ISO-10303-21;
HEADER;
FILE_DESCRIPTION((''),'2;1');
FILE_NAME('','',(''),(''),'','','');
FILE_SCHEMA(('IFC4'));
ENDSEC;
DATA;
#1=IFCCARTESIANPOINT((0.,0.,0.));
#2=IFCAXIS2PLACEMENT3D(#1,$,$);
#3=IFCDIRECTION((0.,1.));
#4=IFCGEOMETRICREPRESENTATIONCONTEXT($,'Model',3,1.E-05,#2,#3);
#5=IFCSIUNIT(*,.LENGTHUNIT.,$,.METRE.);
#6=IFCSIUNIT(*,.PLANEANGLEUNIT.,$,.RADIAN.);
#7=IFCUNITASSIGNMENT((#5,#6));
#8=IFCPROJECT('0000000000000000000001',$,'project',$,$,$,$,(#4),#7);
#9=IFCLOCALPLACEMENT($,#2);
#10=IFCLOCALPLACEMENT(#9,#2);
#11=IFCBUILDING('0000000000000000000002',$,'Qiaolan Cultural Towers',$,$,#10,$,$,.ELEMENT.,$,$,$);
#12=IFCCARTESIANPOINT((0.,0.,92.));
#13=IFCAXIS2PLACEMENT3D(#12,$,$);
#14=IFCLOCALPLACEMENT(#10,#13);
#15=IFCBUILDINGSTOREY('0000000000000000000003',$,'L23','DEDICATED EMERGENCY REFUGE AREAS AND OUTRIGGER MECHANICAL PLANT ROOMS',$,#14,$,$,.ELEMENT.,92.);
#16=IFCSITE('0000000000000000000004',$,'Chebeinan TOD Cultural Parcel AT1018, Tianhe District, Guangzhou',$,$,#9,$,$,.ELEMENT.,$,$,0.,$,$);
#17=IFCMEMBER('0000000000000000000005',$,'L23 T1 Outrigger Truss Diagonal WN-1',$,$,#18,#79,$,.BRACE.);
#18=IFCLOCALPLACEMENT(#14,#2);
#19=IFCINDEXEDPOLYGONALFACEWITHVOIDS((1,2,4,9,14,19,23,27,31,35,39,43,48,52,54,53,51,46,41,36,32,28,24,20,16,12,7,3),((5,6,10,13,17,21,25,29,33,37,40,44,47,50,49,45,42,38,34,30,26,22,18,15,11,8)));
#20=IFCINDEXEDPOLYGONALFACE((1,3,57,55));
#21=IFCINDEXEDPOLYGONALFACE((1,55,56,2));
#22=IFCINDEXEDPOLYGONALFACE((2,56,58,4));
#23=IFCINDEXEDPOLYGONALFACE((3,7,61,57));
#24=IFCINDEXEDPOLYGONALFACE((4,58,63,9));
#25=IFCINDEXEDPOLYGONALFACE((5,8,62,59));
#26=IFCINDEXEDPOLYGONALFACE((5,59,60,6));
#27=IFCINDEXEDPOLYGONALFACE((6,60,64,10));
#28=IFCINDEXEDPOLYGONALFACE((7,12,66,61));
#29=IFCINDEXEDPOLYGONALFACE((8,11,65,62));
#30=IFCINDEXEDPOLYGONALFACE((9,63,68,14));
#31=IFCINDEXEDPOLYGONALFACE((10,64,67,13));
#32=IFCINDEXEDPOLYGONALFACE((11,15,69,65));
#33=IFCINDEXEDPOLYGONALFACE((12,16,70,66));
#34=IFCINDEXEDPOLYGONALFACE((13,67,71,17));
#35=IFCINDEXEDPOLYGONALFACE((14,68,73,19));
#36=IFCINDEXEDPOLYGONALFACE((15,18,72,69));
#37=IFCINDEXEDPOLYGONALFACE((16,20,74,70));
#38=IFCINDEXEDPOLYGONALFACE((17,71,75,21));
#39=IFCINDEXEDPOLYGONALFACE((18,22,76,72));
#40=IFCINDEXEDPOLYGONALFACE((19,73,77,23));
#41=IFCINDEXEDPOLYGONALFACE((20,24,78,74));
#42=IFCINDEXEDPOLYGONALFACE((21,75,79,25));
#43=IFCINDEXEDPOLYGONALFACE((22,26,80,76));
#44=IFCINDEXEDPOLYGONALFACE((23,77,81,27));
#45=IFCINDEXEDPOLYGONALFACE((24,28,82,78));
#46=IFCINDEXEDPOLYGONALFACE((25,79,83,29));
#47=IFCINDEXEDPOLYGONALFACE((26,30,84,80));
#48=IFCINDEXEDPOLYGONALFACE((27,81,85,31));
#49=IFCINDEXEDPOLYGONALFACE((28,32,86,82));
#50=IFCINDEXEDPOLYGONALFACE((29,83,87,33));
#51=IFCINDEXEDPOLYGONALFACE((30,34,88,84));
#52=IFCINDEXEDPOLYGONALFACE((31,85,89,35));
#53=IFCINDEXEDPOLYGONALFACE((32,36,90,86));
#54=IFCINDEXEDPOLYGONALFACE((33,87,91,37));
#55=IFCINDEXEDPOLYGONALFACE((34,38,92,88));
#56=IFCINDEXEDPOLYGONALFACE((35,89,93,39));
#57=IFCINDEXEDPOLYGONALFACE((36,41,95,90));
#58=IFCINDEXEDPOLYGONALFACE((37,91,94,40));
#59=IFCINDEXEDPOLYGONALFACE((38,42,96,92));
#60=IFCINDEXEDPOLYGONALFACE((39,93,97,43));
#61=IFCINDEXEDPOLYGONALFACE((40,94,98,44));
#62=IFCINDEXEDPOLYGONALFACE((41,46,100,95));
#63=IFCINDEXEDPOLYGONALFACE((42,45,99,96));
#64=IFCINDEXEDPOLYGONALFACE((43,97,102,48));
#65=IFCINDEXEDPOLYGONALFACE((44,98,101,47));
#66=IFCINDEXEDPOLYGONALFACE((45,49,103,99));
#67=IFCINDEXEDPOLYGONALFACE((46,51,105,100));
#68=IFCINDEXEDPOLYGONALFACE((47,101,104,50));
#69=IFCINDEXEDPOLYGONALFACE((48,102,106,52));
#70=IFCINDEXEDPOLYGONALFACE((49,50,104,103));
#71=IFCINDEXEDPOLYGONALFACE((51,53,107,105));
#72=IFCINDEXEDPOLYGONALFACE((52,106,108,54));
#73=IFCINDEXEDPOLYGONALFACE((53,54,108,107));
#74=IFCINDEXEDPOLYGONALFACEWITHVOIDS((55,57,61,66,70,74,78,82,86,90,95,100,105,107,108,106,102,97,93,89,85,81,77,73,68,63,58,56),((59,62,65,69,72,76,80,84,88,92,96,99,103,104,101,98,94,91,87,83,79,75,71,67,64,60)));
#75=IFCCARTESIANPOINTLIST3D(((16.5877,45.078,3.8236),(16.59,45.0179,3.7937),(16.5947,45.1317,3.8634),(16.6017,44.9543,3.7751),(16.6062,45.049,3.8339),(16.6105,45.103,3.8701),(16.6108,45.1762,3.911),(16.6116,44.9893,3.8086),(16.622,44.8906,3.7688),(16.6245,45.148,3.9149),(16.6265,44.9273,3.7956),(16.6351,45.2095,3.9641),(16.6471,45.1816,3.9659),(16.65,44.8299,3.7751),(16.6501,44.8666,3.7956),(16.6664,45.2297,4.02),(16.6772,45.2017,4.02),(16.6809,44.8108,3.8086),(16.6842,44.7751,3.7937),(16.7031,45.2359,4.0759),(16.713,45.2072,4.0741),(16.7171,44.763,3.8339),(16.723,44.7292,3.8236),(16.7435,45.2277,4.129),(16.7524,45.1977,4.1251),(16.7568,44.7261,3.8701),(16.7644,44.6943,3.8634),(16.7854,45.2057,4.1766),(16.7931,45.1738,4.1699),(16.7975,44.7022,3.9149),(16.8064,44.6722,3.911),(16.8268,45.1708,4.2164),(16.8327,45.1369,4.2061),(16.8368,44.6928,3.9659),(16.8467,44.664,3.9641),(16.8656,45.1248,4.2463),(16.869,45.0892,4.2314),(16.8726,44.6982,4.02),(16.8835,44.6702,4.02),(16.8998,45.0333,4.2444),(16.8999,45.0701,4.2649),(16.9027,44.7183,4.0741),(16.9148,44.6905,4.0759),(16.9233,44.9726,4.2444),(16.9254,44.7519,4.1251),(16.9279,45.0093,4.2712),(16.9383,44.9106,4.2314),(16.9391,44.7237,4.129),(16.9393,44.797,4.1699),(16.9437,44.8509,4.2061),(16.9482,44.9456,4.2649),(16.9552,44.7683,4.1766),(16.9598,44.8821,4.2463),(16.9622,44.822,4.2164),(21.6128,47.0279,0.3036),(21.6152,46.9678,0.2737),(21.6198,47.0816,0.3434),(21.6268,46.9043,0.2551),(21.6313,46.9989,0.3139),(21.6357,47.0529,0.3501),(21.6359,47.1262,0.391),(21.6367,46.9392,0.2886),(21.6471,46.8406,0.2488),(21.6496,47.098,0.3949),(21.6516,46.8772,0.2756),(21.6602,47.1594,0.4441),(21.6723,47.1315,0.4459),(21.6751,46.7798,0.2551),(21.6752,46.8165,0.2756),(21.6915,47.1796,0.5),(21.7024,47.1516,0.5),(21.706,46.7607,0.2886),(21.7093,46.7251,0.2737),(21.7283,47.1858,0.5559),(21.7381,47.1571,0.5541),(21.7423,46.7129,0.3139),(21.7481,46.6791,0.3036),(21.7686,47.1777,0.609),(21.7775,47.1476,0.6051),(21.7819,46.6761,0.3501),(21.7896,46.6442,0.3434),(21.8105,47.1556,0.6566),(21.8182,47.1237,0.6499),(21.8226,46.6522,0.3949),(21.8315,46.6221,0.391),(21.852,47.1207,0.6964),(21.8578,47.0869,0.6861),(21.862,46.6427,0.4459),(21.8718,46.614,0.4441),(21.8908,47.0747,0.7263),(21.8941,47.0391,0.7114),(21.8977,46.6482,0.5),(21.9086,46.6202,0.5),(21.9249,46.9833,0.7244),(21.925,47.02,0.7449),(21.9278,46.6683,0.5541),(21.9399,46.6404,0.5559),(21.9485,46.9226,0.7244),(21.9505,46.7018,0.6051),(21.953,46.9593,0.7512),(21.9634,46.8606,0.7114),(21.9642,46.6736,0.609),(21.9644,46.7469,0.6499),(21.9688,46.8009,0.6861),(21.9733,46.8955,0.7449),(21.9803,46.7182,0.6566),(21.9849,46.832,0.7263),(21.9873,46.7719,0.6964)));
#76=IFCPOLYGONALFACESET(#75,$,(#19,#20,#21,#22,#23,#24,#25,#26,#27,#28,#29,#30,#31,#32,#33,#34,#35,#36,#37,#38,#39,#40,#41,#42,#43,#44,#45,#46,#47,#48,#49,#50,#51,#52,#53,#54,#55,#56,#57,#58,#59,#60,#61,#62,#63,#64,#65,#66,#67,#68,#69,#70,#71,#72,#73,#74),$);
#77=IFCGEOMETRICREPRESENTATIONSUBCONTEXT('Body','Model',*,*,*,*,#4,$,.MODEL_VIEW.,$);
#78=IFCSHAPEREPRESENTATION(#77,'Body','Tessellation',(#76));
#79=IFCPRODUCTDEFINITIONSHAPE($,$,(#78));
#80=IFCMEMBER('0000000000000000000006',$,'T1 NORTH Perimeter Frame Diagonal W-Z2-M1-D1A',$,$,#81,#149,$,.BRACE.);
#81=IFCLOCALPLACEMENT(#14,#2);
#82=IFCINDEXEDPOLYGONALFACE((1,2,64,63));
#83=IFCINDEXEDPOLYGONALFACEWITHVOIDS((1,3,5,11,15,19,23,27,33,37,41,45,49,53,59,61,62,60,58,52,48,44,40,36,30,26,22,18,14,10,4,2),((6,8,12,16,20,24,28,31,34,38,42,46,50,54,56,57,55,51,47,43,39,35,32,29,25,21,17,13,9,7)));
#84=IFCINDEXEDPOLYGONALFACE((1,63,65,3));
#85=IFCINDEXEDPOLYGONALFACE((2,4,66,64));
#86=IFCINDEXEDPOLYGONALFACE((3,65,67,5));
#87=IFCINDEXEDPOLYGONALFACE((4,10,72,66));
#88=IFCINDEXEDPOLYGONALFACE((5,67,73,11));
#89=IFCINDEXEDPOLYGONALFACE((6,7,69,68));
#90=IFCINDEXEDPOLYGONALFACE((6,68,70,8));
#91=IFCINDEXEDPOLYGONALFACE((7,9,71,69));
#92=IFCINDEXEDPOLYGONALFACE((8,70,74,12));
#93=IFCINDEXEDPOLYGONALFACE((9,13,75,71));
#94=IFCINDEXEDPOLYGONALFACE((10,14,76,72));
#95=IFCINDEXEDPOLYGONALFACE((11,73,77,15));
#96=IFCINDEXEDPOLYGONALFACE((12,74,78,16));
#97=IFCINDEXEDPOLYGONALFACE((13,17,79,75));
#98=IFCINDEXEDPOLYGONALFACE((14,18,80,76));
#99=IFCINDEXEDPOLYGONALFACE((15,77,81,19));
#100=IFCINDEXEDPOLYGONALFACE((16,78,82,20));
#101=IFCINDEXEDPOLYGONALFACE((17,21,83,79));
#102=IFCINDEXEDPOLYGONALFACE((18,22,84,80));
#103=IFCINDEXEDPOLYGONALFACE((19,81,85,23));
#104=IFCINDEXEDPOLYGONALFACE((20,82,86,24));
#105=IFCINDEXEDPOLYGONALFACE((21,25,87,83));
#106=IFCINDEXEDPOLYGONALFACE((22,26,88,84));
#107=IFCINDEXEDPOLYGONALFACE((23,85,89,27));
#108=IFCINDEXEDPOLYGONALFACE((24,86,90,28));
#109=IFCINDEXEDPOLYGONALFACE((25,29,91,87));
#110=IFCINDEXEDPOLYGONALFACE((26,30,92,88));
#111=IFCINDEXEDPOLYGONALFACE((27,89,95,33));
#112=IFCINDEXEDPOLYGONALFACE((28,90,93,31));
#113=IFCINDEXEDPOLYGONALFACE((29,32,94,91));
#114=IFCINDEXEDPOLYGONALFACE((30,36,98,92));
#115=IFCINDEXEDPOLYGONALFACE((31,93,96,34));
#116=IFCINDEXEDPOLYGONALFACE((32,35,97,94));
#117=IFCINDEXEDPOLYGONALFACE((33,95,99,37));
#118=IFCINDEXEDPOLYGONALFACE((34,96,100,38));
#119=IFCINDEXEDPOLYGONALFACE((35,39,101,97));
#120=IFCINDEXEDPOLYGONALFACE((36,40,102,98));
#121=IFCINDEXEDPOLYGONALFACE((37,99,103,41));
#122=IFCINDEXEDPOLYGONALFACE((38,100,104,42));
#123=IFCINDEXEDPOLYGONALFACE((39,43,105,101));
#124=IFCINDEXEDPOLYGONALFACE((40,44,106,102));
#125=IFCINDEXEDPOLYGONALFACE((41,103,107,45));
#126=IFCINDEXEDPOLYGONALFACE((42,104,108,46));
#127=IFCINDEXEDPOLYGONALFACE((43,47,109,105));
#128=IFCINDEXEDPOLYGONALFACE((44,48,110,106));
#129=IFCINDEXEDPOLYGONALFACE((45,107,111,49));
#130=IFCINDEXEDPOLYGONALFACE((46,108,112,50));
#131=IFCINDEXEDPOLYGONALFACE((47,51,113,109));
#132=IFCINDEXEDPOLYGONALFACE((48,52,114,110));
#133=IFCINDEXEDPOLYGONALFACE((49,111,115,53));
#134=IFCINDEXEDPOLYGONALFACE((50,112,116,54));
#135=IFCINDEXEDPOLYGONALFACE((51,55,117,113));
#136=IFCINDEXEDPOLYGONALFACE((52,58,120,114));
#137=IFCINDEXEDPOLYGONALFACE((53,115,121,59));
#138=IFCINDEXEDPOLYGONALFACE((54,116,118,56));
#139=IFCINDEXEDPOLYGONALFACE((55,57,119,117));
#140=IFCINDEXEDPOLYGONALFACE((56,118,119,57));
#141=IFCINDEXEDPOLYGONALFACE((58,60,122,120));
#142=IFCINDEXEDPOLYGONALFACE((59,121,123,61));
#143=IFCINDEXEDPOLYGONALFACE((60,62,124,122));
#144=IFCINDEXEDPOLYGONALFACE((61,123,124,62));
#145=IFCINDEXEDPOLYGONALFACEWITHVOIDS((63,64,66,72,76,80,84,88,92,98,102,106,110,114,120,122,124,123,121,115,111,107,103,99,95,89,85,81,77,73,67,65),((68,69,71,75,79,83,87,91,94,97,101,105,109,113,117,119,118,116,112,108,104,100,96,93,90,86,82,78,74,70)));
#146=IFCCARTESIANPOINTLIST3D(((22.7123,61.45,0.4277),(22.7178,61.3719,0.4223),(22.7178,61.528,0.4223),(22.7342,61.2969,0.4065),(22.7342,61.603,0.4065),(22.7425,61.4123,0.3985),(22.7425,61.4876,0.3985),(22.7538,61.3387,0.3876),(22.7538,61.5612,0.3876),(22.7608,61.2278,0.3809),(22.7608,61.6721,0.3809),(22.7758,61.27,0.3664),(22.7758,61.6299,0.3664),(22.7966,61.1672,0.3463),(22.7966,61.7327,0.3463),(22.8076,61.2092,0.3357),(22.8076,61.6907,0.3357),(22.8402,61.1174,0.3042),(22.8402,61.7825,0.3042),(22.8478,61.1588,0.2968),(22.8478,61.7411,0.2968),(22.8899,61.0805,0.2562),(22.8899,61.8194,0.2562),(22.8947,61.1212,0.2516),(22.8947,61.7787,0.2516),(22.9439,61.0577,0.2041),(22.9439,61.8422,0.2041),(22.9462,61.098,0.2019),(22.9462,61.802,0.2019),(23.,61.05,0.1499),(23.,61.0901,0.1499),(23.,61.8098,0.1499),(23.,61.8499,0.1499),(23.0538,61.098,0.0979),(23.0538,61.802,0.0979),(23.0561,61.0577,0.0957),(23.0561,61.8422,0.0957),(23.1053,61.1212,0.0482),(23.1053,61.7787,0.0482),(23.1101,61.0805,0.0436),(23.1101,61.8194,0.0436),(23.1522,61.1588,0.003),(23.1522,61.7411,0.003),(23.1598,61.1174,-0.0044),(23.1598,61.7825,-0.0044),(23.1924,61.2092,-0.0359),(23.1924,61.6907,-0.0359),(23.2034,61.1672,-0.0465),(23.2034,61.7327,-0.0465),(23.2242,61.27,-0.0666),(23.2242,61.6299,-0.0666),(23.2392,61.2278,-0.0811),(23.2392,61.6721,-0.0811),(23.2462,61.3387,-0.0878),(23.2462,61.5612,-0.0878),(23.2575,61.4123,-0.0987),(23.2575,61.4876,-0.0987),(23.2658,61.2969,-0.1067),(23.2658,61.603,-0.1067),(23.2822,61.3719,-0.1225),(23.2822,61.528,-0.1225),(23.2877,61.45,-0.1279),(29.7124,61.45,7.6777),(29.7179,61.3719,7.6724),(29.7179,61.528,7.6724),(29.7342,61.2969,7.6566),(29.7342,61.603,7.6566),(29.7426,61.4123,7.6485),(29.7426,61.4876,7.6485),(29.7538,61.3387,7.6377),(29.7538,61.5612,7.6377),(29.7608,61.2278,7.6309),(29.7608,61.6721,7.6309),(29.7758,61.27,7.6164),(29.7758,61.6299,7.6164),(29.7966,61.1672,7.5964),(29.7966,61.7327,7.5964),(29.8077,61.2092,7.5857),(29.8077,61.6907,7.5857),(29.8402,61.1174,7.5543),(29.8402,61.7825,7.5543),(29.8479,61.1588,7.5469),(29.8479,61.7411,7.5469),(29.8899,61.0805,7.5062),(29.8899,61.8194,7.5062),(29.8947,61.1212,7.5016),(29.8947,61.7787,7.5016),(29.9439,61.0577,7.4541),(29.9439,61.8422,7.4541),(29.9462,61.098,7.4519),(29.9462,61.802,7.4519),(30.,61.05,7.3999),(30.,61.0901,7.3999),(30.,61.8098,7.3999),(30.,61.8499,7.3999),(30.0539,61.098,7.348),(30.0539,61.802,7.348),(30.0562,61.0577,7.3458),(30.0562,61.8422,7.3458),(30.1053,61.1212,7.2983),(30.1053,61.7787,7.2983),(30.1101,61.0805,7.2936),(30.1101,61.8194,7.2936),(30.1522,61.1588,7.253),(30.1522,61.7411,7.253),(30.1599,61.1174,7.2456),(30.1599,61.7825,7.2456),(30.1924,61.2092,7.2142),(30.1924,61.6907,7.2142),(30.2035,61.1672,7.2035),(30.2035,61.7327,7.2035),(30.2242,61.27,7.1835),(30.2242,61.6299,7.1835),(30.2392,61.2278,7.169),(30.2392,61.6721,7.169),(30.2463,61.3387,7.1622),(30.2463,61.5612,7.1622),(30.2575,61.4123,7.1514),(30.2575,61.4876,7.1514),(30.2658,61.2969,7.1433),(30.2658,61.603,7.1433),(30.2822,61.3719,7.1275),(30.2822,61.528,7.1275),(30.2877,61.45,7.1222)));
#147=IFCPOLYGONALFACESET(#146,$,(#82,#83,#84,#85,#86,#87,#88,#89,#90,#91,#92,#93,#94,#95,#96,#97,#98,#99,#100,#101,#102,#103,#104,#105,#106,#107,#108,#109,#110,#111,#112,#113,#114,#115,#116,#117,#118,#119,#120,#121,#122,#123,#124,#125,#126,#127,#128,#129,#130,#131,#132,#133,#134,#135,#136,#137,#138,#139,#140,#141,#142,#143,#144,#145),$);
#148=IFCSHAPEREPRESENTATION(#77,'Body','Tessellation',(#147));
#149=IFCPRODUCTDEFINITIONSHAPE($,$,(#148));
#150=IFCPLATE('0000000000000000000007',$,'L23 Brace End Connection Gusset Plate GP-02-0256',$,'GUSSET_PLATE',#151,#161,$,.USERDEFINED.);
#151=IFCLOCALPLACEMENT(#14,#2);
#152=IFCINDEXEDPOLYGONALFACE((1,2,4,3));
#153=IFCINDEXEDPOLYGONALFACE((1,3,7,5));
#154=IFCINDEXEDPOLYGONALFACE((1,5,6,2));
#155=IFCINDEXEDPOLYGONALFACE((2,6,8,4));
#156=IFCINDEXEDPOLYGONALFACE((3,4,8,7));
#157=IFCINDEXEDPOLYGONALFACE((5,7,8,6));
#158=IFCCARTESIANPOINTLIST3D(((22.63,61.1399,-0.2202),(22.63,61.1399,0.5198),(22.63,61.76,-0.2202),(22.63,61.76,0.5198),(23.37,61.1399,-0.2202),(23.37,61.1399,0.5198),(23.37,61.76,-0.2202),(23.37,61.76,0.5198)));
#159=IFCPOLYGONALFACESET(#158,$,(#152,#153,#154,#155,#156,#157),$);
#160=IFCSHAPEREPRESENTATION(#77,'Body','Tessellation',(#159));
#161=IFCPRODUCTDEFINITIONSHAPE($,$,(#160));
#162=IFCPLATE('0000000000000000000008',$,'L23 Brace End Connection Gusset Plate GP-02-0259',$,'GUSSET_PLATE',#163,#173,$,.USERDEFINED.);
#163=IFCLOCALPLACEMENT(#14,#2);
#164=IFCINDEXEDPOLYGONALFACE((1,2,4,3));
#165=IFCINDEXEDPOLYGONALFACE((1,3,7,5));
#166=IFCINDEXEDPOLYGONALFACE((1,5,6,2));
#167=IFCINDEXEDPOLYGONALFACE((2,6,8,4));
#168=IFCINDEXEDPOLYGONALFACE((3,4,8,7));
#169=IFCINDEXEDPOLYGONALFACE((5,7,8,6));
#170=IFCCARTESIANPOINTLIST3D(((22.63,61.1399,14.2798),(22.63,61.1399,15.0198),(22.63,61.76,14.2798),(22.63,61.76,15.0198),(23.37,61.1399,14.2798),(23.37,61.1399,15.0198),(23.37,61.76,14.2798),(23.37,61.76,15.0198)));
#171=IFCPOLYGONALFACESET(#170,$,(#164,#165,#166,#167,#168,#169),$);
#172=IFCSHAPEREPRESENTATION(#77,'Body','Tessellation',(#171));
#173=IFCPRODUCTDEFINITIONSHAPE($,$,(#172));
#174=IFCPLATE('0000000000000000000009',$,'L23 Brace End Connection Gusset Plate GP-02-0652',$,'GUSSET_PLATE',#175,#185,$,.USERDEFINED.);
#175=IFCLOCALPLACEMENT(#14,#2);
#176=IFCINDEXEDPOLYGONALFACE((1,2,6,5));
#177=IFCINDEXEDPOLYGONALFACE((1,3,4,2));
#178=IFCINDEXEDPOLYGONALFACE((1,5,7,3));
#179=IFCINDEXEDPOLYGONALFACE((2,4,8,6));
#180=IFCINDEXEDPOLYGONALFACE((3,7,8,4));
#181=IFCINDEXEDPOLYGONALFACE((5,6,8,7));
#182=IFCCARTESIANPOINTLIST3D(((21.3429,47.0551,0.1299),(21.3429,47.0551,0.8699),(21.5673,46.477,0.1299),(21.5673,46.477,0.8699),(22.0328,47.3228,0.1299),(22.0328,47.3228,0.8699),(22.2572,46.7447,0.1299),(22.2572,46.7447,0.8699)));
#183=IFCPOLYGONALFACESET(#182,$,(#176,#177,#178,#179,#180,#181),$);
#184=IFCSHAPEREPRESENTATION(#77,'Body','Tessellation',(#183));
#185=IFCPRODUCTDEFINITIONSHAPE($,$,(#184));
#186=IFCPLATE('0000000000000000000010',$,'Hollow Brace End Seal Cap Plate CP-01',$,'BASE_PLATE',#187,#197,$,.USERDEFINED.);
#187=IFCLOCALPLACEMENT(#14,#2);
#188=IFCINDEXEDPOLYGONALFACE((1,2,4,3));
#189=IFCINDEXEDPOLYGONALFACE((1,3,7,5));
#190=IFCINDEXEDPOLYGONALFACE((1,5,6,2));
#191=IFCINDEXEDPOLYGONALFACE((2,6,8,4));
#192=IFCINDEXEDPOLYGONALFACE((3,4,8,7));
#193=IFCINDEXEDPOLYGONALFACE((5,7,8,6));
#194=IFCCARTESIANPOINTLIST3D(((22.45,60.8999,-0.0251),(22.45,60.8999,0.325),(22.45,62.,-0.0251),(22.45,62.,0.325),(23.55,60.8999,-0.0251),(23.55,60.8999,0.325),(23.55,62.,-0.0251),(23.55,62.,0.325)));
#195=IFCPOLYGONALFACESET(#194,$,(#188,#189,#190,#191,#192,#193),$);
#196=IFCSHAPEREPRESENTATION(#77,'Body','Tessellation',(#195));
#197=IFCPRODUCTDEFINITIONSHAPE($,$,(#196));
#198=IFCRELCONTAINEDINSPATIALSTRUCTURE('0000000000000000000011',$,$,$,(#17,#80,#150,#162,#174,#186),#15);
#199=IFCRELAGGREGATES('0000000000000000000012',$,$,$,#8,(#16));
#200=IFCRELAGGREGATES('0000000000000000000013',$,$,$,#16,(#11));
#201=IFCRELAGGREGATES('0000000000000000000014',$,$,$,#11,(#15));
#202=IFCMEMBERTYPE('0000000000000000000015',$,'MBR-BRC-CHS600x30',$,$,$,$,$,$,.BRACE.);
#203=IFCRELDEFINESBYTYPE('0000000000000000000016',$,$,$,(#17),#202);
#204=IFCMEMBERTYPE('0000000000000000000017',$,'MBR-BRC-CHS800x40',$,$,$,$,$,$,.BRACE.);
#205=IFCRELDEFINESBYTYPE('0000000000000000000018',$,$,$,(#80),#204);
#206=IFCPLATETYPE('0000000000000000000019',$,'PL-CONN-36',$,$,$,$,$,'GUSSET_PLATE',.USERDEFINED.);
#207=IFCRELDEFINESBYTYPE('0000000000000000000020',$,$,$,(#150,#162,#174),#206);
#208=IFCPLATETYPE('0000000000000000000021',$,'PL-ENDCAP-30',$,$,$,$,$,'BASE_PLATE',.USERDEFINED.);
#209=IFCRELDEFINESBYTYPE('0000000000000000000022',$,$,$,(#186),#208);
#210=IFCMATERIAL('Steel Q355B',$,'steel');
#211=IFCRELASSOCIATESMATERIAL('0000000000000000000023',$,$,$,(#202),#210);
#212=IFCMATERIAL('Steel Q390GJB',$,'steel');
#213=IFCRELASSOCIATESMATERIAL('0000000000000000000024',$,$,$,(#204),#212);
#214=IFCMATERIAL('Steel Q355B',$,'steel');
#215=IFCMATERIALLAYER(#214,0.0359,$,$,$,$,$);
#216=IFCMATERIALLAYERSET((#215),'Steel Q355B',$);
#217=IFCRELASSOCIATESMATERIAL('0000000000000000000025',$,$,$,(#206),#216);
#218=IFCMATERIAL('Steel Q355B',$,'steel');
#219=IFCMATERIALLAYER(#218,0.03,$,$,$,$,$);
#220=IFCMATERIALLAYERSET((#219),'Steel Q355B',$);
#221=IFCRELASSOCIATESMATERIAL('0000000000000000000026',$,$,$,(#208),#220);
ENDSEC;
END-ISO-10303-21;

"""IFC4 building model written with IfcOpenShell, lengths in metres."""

from ifc_helpers import new_model, si_unit, direction, frame, origin, origin_2d, place, context, subcontext, project, spatial, rectangle, hollow_circle, extrude, material, layer, layer_set, material_profile, profile_set, type_object, element, save


model = new_model("IFC4")

# Units and contexts
model_context = context("Model", 3, precision=1e-05, world=origin(), true_north=direction((0.0, 1.0)))
body_context = subcontext(model_context, "Body", "Model", "MODEL_VIEW")
ifc_project = project(units=[si_unit("LENGTHUNIT", "METRE"), si_unit("PLANEANGLEUNIT", "RADIAN")], contexts=[model_context])

# Site, building, storey
site_placement = place(None, origin())
site = spatial("IfcSite", under=ifc_project, at=site_placement, Name="Chebeinan TOD Cultural Parcel AT1018, Tianhe District, Guangzhou", CompositionType="ELEMENT", RefElevation=0.0)
building_placement = place(site_placement, origin())
building = spatial("IfcBuilding", under=site, at=building_placement, Name="Qiaolan Cultural Towers", CompositionType="ELEMENT")
storey_placement = place(building_placement, frame((0.0, 0.0, 92.0)))
storey = spatial("IfcBuildingStorey", under=building, at=storey_placement, Name="L23", Description="DEDICATED EMERGENCY REFUGE AREAS AND OUTRIGGER MECHANICAL PLANT ROOMS", CompositionType="ELEMENT", Elevation=92.0)

# Members
ifc_material_1 = material(Name="Steel Q355B", Category="steel")
ifc_material_profile_1 = material_profile(ifc_material_1, hollow_circle(Radius=0.3, WallThickness=0.03, at=origin_2d()), Name="CHS600x30")
ifc_profile_set_1 = profile_set([ifc_material_profile_1], Name="Steel Q355B")
member_type_1 = type_object("IfcMemberType", Name="MBR-BRC-CHS600x30", PredefinedType="BRACE", material=ifc_profile_set_1)
member_1_placement = place(storey_placement, frame((21.8, 46.8999, 0.5), z_axis=(-0.780572, -0.302892, 0.546776), x_axis=(0.361758, -0.932272, 0.0)))
element("IfcMember", 1, at=member_1_placement, inside=storey, type_object=member_type_1, Name="L23 T1 Outrigger Truss Diagonal WN-1", PredefinedType="BRACE", context=body_context, shape_type="SweptSolid", body=[
    extrude(hollow_circle(Radius=0.3, WallThickness=0.03, at=origin_2d()), origin(), (0.0, 0.0, 1.0), 6.4377),
])
ifc_material_2 = material(Name="Steel Q390GJB", Category="steel")
ifc_material_profile_2 = material_profile(ifc_material_2, hollow_circle(Radius=0.3999, WallThickness=0.04, at=origin_2d()), Name="CHS800x40")
ifc_profile_set_2 = profile_set([ifc_material_profile_2], Name="Steel Q390GJB")
member_type_2 = type_object("IfcMemberType", Name="MBR-BRC-CHS800x40", PredefinedType="BRACE", material=ifc_profile_set_2)
member_2_placement = place(storey_placement, frame((23.0, 61.45, 0.1499), z_axis=(0.694595, 0.0, 0.719401), x_axis=(0.0, 1.0, 0.0)))
element("IfcMember", 2, at=member_2_placement, inside=storey, type_object=member_type_2, Name="T1 NORTH Perimeter Frame Diagonal W-Z2-M1-D1A", PredefinedType="BRACE", context=body_context, shape_type="SweptSolid", body=[
    extrude(hollow_circle(Radius=0.3999, WallThickness=0.04, at=origin_2d()), origin(), (0.0, 0.0, 1.0), 10.0779),
])

# Plates
ifc_material_3 = material(Name="Steel Q355B", Category="steel")
ifc_layer_1 = layer(ifc_material_3, 0.0359)
ifc_layer_set_1 = layer_set([ifc_layer_1], Name="Steel Q355B")
plate_type_1 = type_object("IfcPlateType", Name="PL-CONN-36", ElementType="GUSSET_PLATE", PredefinedType="USERDEFINED", material=ifc_layer_set_1)
for number, where, z_axis, x_axis, name in (
    (3, (23.0, 61.45, -0.2202), (0.0, 0.0, 1.0), (1.0, 0.0, 0.0), "L23 Brace End Connection Gusset Plate GP-02-0256"),
    (4, (23.0, 61.45, 14.2798), (0.0, 0.0, 1.0), (1.0, 0.0, 0.0), "L23 Brace End Connection Gusset Plate GP-02-0259"),
    (5, (21.8, 46.8999, 0.1299), (0.0, 0.0, 1.0), (0.932266, 0.361775, 0.0), "L23 Brace End Connection Gusset Plate GP-02-0652"),
):
    element("IfcPlate", number, at=place(storey_placement, frame(where, z_axis=z_axis, x_axis=x_axis)), inside=storey, type_object=plate_type_1, Name=name, ObjectType="GUSSET_PLATE", PredefinedType="USERDEFINED", context=body_context, shape_type="SweptSolid", body=[
        extrude(rectangle(XDim=0.74, YDim=0.6201, at=origin_2d()), origin(), (0.0, 0.0, 1.0), 0.74),
    ])
ifc_material_4 = material(Name="Steel Q355B", Category="steel")
ifc_layer_2 = layer(ifc_material_4, 0.03)
ifc_layer_set_2 = layer_set([ifc_layer_2], Name="Steel Q355B")
plate_type_2 = type_object("IfcPlateType", Name="PL-ENDCAP-30", ElementType="BASE_PLATE", PredefinedType="USERDEFINED", material=ifc_layer_set_2)
for number, where, z_axis, x_axis, name in (
    (6, (23.0, 61.45, -0.0251), (0.0, 0.0, 1.0), (1.0, 0.0, 0.0), "Hollow Brace End Seal Cap Plate CP-01"),
):
    element("IfcPlate", number, at=place(storey_placement, frame(where, z_axis=z_axis, x_axis=x_axis)), inside=storey, type_object=plate_type_2, Name=name, ObjectType="BASE_PLATE", PredefinedType="USERDEFINED", context=body_context, shape_type="SweptSolid", body=[
        extrude(rectangle(XDim=1.1001, YDim=1.1001, at=origin_2d()), origin(), (0.0, 0.0, 1.0), 0.3501),
    ])

save(model, "model.ifc")
